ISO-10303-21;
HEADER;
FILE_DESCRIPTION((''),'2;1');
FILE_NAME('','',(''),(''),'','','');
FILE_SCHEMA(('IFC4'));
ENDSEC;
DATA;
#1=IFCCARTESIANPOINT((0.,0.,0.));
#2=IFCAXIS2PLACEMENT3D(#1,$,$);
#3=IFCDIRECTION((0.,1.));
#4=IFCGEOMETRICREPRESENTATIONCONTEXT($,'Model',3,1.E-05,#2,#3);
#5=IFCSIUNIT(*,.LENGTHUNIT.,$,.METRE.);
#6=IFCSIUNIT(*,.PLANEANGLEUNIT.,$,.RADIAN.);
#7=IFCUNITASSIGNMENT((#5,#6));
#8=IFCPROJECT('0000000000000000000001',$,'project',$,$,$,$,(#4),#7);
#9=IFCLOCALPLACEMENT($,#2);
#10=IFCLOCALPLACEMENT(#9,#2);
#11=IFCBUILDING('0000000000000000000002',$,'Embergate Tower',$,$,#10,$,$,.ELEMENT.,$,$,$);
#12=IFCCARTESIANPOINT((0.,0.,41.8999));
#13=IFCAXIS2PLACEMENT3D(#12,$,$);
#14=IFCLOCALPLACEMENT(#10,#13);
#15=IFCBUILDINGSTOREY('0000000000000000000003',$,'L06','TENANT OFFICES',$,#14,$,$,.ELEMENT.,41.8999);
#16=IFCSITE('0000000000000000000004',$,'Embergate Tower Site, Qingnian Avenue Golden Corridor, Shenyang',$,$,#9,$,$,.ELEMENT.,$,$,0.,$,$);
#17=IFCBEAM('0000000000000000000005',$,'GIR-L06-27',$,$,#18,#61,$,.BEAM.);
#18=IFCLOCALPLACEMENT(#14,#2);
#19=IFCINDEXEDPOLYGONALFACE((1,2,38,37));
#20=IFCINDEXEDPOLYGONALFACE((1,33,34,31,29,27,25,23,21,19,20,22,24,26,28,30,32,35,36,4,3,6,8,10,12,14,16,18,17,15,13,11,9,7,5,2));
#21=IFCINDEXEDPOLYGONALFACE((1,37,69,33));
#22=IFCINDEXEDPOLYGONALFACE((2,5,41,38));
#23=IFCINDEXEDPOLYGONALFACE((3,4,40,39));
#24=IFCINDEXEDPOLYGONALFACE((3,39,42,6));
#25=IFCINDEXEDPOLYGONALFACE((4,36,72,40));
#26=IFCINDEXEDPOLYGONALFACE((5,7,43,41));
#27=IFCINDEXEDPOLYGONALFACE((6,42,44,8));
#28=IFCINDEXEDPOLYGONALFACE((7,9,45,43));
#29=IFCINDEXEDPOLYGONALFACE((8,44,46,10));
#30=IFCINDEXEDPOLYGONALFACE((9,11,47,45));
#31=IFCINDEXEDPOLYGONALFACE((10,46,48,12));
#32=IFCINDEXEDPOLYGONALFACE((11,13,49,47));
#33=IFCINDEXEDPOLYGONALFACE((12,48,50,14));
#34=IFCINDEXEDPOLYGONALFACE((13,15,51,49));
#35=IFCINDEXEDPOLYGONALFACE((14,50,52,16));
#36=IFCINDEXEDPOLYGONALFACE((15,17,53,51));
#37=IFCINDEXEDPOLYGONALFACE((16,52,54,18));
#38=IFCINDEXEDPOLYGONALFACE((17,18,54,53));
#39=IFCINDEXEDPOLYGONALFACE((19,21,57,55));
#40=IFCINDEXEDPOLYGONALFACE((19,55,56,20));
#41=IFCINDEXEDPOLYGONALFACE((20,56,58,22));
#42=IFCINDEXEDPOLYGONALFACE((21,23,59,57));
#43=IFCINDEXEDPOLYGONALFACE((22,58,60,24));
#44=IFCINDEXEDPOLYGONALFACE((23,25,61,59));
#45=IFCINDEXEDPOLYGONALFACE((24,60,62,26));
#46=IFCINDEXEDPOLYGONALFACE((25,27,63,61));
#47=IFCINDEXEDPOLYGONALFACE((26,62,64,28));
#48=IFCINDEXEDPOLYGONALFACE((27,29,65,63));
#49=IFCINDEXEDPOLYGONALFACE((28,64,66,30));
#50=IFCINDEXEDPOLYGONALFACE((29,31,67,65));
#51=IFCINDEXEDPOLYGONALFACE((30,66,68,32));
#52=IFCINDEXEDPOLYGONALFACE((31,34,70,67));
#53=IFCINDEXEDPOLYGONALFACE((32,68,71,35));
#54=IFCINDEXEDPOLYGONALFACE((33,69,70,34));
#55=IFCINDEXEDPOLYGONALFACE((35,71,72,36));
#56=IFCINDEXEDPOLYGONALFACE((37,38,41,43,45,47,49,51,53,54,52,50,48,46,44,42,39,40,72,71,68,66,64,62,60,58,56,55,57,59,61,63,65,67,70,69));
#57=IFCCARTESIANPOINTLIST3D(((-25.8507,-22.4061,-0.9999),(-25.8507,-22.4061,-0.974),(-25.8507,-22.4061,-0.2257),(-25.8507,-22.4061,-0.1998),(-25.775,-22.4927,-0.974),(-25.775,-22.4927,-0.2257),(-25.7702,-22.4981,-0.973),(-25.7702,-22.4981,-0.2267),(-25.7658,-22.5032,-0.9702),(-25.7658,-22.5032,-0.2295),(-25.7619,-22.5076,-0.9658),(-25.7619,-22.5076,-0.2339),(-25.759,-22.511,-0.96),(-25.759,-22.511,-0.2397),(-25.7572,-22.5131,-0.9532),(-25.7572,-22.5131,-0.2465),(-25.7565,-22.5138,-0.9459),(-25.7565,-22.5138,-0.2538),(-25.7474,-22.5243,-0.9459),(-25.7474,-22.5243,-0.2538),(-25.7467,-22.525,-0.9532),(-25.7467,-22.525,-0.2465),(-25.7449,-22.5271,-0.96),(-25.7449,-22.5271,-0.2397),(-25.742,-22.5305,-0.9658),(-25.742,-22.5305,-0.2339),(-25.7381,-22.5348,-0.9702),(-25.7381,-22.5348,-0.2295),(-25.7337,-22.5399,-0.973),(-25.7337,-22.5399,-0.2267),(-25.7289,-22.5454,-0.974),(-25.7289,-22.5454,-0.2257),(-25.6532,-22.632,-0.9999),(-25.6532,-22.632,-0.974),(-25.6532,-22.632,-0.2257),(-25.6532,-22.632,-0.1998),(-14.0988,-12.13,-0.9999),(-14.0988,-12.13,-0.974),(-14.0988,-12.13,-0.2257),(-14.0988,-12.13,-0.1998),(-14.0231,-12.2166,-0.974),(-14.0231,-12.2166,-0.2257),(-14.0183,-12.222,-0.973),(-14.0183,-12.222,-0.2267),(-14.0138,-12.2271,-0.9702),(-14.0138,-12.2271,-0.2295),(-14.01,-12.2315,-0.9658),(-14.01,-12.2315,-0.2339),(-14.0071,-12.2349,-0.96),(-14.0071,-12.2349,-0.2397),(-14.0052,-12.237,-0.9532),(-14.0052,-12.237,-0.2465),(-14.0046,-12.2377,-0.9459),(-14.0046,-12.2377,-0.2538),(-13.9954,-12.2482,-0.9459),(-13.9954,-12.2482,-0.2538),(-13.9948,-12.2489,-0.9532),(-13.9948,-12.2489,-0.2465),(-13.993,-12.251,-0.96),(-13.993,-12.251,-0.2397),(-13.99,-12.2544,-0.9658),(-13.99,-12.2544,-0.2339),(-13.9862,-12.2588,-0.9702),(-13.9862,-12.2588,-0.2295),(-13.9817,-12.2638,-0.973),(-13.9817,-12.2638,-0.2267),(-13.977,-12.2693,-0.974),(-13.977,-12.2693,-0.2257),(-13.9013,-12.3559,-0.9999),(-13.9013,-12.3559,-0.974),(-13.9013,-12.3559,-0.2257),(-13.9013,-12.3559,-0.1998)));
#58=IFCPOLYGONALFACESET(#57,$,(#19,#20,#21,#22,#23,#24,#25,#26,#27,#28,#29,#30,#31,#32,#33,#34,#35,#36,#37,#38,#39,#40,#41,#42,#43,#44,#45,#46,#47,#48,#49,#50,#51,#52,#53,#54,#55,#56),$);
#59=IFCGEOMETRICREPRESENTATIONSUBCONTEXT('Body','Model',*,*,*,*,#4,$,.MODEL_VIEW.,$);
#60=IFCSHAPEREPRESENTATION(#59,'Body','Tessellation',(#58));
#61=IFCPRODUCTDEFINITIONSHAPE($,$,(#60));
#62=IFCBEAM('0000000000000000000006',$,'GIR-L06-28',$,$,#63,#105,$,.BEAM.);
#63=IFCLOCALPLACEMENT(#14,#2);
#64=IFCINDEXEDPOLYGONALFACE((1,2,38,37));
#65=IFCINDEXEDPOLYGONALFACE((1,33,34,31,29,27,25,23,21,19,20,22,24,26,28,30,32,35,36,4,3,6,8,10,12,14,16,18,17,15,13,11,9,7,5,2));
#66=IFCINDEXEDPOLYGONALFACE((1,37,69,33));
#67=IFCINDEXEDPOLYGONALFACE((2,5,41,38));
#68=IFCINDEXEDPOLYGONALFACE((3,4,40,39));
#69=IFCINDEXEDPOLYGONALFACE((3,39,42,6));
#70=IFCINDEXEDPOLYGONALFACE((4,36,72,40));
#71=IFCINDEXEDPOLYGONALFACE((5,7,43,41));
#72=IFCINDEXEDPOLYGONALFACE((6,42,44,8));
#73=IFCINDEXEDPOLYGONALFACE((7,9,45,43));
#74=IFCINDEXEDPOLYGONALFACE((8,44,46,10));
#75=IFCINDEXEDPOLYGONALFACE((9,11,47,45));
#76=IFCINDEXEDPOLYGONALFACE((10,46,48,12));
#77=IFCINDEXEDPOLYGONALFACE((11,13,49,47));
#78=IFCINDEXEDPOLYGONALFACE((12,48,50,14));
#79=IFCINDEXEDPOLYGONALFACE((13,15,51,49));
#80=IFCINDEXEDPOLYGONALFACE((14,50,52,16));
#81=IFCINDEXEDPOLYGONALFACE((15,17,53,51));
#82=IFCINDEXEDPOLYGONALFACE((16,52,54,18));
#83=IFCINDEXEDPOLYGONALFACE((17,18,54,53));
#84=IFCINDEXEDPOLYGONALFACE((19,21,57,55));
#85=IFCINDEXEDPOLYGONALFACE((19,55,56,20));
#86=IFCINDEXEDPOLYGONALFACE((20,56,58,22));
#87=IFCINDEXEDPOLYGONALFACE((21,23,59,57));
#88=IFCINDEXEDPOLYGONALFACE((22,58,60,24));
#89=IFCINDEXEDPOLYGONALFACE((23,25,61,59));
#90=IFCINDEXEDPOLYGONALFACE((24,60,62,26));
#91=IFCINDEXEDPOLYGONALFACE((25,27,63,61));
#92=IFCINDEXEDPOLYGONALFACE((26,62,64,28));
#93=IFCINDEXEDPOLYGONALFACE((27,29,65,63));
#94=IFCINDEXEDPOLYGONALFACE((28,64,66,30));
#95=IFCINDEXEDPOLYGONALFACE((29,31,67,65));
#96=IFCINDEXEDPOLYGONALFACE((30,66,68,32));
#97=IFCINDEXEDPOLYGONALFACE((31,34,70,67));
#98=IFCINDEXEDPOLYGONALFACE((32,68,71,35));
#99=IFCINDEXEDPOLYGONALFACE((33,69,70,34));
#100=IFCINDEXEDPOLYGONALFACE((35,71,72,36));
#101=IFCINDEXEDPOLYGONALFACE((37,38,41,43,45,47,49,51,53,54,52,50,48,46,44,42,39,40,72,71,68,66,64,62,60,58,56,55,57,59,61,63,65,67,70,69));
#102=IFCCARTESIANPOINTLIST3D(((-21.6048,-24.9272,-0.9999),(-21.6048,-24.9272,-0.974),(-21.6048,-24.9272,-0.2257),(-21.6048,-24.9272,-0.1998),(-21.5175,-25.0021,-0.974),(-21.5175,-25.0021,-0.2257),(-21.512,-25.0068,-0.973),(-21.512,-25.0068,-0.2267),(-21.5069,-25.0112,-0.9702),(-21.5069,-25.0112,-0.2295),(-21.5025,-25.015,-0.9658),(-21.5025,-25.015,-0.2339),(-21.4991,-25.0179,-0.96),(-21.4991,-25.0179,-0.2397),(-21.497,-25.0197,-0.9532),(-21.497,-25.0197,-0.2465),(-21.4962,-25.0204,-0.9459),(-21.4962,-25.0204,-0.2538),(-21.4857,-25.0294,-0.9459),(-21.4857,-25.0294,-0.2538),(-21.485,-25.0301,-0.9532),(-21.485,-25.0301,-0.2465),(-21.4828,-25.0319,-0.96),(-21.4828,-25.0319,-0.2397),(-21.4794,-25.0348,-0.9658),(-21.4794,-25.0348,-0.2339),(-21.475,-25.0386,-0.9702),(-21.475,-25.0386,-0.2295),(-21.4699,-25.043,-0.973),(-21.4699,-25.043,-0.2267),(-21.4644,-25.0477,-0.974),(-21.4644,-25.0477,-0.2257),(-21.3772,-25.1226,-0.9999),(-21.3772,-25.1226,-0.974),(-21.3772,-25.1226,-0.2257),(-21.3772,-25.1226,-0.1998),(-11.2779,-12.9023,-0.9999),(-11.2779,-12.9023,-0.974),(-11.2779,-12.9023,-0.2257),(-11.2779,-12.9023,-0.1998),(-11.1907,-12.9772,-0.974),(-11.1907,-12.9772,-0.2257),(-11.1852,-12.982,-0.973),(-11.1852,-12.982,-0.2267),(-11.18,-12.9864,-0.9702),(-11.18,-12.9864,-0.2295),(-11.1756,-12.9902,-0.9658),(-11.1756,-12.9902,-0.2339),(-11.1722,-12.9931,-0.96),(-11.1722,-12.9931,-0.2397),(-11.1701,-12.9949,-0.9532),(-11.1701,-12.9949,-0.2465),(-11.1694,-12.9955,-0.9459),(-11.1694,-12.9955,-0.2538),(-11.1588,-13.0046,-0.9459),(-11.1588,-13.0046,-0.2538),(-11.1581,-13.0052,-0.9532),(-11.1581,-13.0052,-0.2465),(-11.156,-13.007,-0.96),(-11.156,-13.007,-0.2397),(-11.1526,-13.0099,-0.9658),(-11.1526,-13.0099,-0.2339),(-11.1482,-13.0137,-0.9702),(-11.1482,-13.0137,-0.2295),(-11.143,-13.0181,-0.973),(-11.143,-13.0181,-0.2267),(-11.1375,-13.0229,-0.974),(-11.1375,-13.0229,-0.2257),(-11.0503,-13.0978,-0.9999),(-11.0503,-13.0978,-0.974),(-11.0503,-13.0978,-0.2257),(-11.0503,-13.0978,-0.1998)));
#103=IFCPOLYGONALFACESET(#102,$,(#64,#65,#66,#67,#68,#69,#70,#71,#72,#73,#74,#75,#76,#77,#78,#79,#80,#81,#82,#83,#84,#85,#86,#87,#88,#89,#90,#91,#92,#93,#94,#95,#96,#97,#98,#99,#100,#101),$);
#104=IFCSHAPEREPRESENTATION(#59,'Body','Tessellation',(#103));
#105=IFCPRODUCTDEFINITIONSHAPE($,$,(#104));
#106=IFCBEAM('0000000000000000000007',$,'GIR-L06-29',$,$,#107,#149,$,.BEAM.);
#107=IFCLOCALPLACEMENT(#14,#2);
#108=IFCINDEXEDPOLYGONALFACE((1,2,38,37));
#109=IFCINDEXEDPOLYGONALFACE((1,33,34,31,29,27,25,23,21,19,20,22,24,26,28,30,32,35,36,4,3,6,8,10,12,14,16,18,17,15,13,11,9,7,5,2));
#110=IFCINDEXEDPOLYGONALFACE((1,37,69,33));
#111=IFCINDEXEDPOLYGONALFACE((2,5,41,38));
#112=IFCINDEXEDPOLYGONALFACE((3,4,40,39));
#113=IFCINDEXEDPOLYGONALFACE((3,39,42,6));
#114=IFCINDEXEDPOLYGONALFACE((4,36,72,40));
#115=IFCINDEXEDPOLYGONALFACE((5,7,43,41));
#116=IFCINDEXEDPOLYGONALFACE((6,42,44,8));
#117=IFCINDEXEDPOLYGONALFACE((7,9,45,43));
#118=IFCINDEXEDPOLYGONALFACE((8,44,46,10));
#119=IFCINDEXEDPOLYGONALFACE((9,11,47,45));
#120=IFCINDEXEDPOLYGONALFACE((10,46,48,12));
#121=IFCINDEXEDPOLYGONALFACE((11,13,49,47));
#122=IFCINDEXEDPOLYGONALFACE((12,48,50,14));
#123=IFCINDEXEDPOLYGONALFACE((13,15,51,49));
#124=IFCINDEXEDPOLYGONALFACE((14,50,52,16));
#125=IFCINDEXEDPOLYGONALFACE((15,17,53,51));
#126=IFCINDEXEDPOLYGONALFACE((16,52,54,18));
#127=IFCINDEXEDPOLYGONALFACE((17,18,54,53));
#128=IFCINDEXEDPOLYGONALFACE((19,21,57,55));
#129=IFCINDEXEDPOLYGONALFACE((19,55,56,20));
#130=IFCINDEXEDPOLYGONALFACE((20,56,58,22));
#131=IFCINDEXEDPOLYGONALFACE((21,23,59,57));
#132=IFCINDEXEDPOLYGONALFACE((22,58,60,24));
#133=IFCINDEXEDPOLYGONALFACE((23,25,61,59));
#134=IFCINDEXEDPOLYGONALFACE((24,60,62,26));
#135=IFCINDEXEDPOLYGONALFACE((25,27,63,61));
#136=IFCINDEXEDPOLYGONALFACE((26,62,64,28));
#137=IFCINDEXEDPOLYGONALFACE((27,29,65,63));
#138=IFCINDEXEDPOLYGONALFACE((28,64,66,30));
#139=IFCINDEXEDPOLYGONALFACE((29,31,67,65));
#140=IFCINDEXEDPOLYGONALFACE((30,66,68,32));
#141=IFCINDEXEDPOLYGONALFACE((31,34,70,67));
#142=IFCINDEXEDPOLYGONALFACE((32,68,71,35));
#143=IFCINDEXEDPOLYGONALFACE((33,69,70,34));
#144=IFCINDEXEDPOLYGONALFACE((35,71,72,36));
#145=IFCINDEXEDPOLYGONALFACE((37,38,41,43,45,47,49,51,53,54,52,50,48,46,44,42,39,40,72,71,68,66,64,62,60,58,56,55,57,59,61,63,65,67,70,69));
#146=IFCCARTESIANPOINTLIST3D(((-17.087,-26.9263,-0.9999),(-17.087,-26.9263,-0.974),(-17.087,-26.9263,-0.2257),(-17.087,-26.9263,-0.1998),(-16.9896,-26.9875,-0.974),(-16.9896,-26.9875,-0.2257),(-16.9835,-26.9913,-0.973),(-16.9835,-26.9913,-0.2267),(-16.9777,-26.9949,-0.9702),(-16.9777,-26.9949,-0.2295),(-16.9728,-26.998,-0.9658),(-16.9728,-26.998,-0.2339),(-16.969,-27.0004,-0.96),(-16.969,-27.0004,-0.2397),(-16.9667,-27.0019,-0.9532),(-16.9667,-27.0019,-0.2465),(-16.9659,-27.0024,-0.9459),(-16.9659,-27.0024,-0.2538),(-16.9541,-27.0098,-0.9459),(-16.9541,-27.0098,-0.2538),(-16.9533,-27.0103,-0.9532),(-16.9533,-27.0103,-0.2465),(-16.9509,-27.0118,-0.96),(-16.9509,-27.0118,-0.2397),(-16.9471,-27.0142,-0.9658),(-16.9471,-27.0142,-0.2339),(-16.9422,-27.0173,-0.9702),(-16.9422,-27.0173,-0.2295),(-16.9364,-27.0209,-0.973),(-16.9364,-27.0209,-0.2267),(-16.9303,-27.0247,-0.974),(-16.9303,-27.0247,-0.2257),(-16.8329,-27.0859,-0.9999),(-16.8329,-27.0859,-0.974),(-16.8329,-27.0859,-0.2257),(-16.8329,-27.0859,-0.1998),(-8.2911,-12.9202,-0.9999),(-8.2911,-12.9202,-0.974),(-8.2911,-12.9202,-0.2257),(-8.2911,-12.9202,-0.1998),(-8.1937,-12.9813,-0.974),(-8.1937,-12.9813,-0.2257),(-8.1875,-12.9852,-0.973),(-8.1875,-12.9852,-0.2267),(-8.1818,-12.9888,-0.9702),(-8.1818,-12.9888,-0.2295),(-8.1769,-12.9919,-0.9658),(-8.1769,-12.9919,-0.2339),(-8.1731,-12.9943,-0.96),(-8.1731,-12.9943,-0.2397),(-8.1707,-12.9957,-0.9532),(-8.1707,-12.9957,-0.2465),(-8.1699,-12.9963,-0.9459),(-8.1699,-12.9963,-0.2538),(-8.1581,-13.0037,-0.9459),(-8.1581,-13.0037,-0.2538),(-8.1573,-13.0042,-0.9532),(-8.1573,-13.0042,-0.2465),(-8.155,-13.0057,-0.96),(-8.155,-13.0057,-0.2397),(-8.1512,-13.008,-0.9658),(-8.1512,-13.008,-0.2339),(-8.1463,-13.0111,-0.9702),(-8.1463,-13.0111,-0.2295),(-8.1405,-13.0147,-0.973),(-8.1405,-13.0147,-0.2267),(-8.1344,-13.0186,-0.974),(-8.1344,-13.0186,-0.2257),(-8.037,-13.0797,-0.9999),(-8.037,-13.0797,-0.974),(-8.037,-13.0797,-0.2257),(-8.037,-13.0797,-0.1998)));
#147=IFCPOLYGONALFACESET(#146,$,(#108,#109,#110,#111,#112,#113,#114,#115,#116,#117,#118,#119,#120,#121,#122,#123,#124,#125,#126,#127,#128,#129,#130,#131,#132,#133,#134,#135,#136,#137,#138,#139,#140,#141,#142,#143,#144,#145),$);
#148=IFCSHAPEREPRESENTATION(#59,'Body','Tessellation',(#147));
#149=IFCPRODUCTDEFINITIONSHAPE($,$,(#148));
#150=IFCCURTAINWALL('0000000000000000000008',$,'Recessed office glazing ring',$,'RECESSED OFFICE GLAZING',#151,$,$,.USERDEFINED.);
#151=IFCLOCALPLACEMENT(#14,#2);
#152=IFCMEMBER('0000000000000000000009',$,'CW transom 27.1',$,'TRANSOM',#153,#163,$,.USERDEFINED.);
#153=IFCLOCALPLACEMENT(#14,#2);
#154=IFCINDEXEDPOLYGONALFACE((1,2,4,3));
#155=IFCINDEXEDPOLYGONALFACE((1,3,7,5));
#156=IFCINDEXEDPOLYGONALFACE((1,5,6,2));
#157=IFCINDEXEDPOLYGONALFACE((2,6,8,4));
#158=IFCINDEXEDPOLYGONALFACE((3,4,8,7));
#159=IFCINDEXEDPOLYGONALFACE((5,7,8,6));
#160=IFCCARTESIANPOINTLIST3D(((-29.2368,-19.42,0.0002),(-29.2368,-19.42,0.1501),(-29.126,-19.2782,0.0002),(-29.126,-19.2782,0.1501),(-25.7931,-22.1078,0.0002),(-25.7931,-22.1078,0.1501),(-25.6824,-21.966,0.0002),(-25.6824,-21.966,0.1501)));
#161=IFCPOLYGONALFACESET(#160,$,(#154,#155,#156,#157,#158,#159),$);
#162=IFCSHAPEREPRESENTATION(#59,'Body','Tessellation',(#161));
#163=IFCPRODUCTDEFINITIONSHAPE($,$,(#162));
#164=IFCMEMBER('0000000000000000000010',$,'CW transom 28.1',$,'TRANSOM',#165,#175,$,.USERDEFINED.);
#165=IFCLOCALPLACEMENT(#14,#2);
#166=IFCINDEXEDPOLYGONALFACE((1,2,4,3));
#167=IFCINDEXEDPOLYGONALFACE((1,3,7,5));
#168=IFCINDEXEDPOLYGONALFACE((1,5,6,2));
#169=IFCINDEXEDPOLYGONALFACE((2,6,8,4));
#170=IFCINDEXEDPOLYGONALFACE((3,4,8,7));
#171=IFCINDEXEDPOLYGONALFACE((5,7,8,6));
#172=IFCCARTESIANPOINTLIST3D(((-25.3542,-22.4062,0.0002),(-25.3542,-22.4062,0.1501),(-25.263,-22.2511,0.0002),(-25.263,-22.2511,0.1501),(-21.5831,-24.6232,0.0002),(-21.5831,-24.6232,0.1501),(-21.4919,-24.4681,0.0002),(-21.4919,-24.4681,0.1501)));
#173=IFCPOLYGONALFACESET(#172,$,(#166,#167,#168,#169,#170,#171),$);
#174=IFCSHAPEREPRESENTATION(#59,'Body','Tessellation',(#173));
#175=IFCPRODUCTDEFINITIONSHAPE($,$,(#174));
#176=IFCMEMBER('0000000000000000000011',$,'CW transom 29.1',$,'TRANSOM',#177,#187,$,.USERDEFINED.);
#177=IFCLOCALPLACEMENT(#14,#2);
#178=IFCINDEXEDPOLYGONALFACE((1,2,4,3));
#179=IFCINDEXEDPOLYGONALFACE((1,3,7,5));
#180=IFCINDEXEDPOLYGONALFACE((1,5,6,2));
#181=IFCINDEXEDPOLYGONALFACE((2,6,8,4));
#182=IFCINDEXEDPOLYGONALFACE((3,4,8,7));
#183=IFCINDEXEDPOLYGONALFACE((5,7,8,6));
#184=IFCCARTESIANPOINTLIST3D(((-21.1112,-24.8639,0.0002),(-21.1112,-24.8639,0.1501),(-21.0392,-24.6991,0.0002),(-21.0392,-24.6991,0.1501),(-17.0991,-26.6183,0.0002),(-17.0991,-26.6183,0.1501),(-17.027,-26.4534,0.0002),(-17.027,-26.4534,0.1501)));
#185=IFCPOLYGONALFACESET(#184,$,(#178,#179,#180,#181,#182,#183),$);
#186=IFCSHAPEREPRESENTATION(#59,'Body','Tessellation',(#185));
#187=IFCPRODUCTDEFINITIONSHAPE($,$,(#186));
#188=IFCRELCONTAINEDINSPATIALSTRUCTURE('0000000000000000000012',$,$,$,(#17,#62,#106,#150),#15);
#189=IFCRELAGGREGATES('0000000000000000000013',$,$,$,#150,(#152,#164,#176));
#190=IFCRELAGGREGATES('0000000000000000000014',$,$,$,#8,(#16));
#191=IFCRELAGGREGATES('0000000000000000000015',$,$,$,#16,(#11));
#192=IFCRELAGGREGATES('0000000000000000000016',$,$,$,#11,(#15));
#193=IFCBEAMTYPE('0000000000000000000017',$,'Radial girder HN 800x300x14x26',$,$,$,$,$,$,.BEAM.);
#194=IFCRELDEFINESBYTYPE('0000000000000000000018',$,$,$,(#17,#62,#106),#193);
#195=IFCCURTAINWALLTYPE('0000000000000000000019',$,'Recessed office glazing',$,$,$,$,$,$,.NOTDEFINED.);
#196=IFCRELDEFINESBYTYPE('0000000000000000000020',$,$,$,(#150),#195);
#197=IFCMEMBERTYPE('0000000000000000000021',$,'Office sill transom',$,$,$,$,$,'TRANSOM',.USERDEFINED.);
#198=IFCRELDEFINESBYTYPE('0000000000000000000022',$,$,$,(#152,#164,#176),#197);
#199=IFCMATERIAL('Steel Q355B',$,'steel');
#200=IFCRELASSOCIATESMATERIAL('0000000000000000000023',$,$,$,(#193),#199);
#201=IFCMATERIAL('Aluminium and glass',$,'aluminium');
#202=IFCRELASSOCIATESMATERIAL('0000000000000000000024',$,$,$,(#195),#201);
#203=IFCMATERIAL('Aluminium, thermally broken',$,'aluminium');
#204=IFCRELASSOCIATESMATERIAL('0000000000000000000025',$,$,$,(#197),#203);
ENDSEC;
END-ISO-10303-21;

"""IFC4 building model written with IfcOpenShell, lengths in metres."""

from ifc_helpers import new_model, si_unit, direction, frame, origin, origin_2d, place, context, subcontext, project, spatial, rectangle, i_section, extrude, source, transform, mapped, material, material_profile, profile_set, type_object, element, aggregate, save


model = new_model("IFC4")

# Units and contexts
model_context = context("Model", 3, precision=1e-05, world=origin(), true_north=direction((0.0, 1.0)))
body_context = subcontext(model_context, "Body", "Model", "MODEL_VIEW")
ifc_project = project(units=[si_unit("LENGTHUNIT", "METRE"), si_unit("PLANEANGLEUNIT", "RADIAN")], contexts=[model_context])

# Site, building, storey
site_placement = place(None, origin())
site = spatial("IfcSite", under=ifc_project, at=site_placement, Name="Embergate Tower Site, Qingnian Avenue Golden Corridor, Shenyang", CompositionType="ELEMENT", RefElevation=0.0)
building_placement = place(site_placement, origin())
building = spatial("IfcBuilding", under=site, at=building_placement, Name="Embergate Tower", CompositionType="ELEMENT")
storey_placement = place(building_placement, frame((0.0, 0.0, 41.8999)))
storey = spatial("IfcBuildingStorey", under=building, at=storey_placement, Name="L06", Description="TENANT OFFICES", CompositionType="ELEMENT", Elevation=41.8999)

# Beams
ifc_material_1 = material(Name="Steel Q355B", Category="steel")
ifc_material_profile_1 = material_profile(ifc_material_1, i_section(OverallWidth=0.3, OverallDepth=0.8, WebThickness=0.0139, FlangeThickness=0.0259, FilletRadius=0.0281, at=origin_2d()), Name="HN 800x300x14x26")
ifc_profile_set_1 = profile_set([ifc_material_profile_1], Name="Steel Q355 grade B")
beam_type_1 = type_object("IfcBeamType", Name="Radial girder HN 800x300x14x26", PredefinedType="BEAM", material=ifc_profile_set_1)
shared_shape_1 = source(origin(), body_context, "Body", "SweptSolid", [
    extrude(i_section(OverallWidth=0.3, OverallDepth=0.8, WebThickness=0.0139, FlangeThickness=0.0259, FilletRadius=0.0281, at=origin_2d()), origin(), (0.0, 0.0, 1.0), 15.6111),
])
beam_1_placement = place(storey_placement, frame((-25.752, -22.519, -0.5999), z_axis=(0.752794, 0.658257, 0.0), x_axis=(-0.658257, 0.752794, 0.0)))
element("IfcBeam", 1, at=beam_1_placement, inside=storey, type_object=beam_type_1, Name="GIR-L06-27", PredefinedType="BEAM", context=body_context, shape_type="MappedRepresentation", body=[
    mapped(shared_shape_1, transform((0.0, 0.0, 0.0))),
])
shared_shape_2 = source(origin(), body_context, "Body", "SweptSolid", [
    extrude(i_section(OverallWidth=0.3, OverallDepth=0.8, WebThickness=0.0139, FlangeThickness=0.0259, FilletRadius=0.0281, at=origin_2d()), origin(), (0.0, 0.0, 1.0), 15.8506),
])
beam_2_placement = place(storey_placement, frame((-21.491, -25.0249, -0.5999), z_axis=(0.651513, 0.758638, 0.0), x_axis=(-0.758638, 0.651513, 0.0)))
element("IfcBeam", 2, at=beam_2_placement, inside=storey, type_object=beam_type_1, Name="GIR-L06-28", PredefinedType="BEAM", context=body_context, shape_type="MappedRepresentation", body=[
    mapped(shared_shape_2, transform((0.0, 0.0, 0.0))),
])
shared_shape_3 = source(origin(), body_context, "Body", "SweptSolid", [
    extrude(i_section(OverallWidth=0.3, OverallDepth=0.8, WebThickness=0.0139, FlangeThickness=0.0259, FilletRadius=0.0281, at=origin_2d()), origin(), (0.0, 0.0, 1.0), 16.5391),
])
beam_3_placement = place(storey_placement, frame((-16.96, -27.0061, -0.5999), z_axis=(0.531827, 0.846853, 0.0), x_axis=(-0.846853, 0.531827, 0.0)))
element("IfcBeam", 3, at=beam_3_placement, inside=storey, type_object=beam_type_1, Name="GIR-L06-29", PredefinedType="BEAM", context=body_context, shape_type="MappedRepresentation", body=[
    mapped(shared_shape_3, transform((0.0, 0.0, 0.0))),
])

# Curtain wall, members
ifc_material_2 = material(Name="Aluminium and glass", Category="aluminium")
curtain_wall_type = type_object("IfcCurtainWallType", Name="Recessed office glazing", PredefinedType="NOTDEFINED", material=ifc_material_2)
curtain_wall_placement = place(storey_placement, origin())
curtain_wall = element("IfcCurtainWall", 4, at=curtain_wall_placement, inside=storey, type_object=curtain_wall_type, Name="Recessed office glazing ring", ObjectType="RECESSED OFFICE GLAZING", PredefinedType="USERDEFINED")
ifc_material_3 = material(Name="Aluminium, thermally broken", Category="aluminium")
ifc_material_profile_2 = material_profile(ifc_material_3, rectangle(XDim=0.1799, YDim=0.1499, at=origin_2d()), Name="AL 150x180")
ifc_profile_set_2 = profile_set([ifc_material_profile_2], Name="Aluminium, thermally broken")
member_type_1 = type_object("IfcMemberType", Name="Office sill transom", ElementType="TRANSOM", PredefinedType="USERDEFINED", material=ifc_profile_set_2)
shared_shape_4 = source(origin(), body_context, "Body", "SweptSolid", [
    extrude(rectangle(XDim=0.1799, YDim=0.1499, at=origin_2d()), origin(), (0.0, 0.0, 1.0), 4.3684),
])
member_1_placement = place(storey_placement, frame((-29.1814, -19.3491, 0.0752), z_axis=(0.78831, -0.615278, 0.0), x_axis=(0.615278, 0.78831, 0.0)))
member_1 = element("IfcMember", 5, at=member_1_placement, type_object=member_type_1, Name="CW transom 27.1", ObjectType="TRANSOM", PredefinedType="USERDEFINED", context=body_context, shape_type="MappedRepresentation", body=[
    mapped(shared_shape_4, transform((0.0, 0.0, 0.0))),
])
shared_shape_5 = source(origin(), body_context, "Body", "SweptSolid", [
    extrude(rectangle(XDim=0.1799, YDim=0.1499, at=origin_2d()), origin(), (0.0, 0.0, 1.0), 4.3745),
])
member_2_placement = place(storey_placement, frame((-25.3086, -22.3286, 0.0752), z_axis=(0.862053, -0.506818, 0.0), x_axis=(0.506818, 0.862053, 0.0)))
member_2 = element("IfcMember", 6, at=member_2_placement, type_object=member_type_1, Name="CW transom 28.1", ObjectType="TRANSOM", PredefinedType="USERDEFINED", context=body_context, shape_type="MappedRepresentation", body=[
    mapped(shared_shape_5, transform((0.0, 0.0, 0.0))),
])
shared_shape_6 = source(origin(), body_context, "Body", "SweptSolid", [
    extrude(rectangle(XDim=0.1799, YDim=0.1499, at=origin_2d()), origin(), (0.0, 0.0, 1.0), 4.3789),
])
member_3_placement = place(storey_placement, frame((-21.0752, -24.7815, 0.0752), z_axis=(0.916237, -0.400637, 0.0), x_axis=(0.400637, 0.916237, 0.0)))
member_3 = element("IfcMember", 7, at=member_3_placement, type_object=member_type_1, Name="CW transom 29.1", ObjectType="TRANSOM", PredefinedType="USERDEFINED", context=body_context, shape_type="MappedRepresentation", body=[
    mapped(shared_shape_6, transform((0.0, 0.0, 0.0))),
])
aggregate(curtain_wall, [member_1, member_2, member_3])

save(model, "model.ifc")
